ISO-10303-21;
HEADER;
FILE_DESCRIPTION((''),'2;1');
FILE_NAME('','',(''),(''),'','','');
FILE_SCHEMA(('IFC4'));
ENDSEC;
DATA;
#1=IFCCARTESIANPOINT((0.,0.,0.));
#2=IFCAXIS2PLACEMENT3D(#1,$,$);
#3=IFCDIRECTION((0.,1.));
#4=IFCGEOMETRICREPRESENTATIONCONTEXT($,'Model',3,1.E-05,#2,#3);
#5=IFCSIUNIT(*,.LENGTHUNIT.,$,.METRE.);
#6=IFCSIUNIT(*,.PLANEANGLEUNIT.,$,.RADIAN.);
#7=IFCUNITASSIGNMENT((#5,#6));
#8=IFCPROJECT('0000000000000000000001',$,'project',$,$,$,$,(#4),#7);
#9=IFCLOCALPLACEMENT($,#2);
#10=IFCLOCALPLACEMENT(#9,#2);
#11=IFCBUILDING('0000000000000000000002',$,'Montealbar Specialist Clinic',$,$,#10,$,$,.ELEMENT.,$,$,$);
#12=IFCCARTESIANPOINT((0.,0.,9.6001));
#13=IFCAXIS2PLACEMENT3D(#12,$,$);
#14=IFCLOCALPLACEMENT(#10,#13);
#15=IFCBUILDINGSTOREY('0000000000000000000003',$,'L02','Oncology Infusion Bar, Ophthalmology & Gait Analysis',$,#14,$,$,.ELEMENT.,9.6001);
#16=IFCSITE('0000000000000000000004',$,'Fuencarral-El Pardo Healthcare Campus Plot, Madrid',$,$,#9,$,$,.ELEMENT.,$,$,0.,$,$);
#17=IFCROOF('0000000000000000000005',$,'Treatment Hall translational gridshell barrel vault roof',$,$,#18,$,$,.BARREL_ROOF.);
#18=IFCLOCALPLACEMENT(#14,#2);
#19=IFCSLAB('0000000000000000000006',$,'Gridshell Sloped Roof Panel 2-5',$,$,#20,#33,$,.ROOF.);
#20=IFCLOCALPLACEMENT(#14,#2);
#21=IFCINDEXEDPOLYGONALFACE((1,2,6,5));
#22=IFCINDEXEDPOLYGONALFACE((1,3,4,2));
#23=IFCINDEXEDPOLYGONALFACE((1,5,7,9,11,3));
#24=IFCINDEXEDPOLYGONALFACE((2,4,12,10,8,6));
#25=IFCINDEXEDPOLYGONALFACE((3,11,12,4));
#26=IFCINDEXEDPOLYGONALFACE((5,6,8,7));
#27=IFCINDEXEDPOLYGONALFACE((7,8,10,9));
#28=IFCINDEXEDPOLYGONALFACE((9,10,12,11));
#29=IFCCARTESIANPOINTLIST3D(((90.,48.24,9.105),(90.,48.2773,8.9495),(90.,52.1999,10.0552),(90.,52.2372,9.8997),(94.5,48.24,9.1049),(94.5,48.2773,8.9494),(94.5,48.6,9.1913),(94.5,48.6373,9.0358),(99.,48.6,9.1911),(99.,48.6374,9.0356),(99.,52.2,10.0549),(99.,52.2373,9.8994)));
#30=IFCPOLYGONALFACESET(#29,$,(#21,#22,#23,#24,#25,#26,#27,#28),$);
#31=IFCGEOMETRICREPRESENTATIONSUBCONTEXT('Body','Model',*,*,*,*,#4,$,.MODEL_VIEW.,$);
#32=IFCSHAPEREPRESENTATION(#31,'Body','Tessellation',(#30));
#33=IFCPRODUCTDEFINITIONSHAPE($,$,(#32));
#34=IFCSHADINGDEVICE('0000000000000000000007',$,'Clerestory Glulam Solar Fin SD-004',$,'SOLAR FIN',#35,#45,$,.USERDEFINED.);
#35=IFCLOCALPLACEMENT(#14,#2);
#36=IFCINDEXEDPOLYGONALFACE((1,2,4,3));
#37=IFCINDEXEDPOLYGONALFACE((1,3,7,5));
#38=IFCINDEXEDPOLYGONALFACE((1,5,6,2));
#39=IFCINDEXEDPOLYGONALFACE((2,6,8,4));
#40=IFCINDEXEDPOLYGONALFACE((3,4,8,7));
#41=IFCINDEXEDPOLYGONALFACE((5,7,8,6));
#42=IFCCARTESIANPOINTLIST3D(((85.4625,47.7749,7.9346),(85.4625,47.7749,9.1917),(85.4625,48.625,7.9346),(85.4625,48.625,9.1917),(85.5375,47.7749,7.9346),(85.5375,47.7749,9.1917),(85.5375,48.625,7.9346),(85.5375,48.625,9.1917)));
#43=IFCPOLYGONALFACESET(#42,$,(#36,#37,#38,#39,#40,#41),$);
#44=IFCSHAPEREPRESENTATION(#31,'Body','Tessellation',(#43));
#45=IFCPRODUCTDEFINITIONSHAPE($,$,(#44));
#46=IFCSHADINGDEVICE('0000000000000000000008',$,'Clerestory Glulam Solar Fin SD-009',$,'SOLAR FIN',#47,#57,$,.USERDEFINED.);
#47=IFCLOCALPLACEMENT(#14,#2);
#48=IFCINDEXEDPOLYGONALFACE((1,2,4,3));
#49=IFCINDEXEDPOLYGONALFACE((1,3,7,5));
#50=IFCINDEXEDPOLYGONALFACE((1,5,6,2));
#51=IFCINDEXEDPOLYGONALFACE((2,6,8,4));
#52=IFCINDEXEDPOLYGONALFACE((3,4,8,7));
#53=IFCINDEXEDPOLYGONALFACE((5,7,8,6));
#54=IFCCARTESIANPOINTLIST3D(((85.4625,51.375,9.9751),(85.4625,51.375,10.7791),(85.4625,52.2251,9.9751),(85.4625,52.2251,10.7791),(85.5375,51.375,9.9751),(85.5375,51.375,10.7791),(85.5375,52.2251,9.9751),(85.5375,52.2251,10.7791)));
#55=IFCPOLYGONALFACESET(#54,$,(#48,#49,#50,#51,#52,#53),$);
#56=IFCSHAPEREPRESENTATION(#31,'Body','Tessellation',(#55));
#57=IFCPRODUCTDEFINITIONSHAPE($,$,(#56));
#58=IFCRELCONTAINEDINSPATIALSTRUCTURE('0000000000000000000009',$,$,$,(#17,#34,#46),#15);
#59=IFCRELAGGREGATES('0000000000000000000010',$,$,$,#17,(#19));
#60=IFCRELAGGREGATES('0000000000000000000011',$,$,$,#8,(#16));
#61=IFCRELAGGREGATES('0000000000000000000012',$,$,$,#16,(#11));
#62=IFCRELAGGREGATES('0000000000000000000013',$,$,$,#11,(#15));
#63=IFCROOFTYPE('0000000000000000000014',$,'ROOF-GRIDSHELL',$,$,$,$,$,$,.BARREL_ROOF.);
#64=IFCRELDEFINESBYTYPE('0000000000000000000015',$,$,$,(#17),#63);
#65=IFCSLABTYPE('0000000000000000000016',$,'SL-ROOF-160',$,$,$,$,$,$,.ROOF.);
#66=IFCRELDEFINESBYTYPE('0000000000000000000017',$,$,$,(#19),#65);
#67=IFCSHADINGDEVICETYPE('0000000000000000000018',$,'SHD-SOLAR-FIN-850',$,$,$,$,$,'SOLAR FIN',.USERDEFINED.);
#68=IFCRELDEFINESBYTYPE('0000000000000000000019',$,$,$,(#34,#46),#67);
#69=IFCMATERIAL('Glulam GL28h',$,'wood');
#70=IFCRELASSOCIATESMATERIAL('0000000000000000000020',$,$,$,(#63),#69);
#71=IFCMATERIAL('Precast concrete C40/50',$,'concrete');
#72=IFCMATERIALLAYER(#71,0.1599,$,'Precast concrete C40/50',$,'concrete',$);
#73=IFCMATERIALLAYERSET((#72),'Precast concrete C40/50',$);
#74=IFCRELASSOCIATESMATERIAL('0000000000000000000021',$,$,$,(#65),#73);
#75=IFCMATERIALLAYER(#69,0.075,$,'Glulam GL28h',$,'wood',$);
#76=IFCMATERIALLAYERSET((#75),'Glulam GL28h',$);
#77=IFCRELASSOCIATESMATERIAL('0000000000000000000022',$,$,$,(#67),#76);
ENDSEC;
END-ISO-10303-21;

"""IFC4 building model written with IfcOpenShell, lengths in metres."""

from ifc_helpers import new_model, si_unit, direction, frame, origin, origin_2d, place, context, subcontext, project, spatial, polyline, rectangle, outline, extrude, material, layer, layer_set, type_object, element, aggregate, save


model = new_model("IFC4")

# Units and contexts
model_context = context("Model", 3, precision=1e-05, world=origin(), true_north=direction((0.0, 1.0)))
body_context = subcontext(model_context, "Body", "Model", "MODEL_VIEW")
ifc_project = project(units=[si_unit("LENGTHUNIT", "METRE"), si_unit("PLANEANGLEUNIT", "RADIAN")], contexts=[model_context])

# Site, building, storey
site_placement = place(None, origin())
site = spatial("IfcSite", under=ifc_project, at=site_placement, Name="Fuencarral-El Pardo Healthcare Campus Plot, Madrid", CompositionType="ELEMENT", RefElevation=0.0)
building_placement = place(site_placement, origin())
building = spatial("IfcBuilding", under=site, at=building_placement, Name="Montealbar Specialist Clinic", CompositionType="ELEMENT")
storey_placement = place(building_placement, frame((0.0, 0.0, 9.6001)))
storey = spatial("IfcBuildingStorey", under=building, at=storey_placement, Name="L02", Description="Oncology Infusion Bar, Ophthalmology & Gait Analysis", CompositionType="ELEMENT", Elevation=9.6001)

# Shared definitions
ifc_material_1 = material(Name="Glulam GL28h", Category="wood")

# Roof, slab
roof_type = type_object("IfcRoofType", Name="ROOF-GRIDSHELL", PredefinedType="BARREL_ROOF", material=ifc_material_1)
roof_placement = place(storey_placement, origin())
roof = element("IfcRoof", 1, at=roof_placement, inside=storey, type_object=roof_type, Name="Treatment Hall translational gridshell barrel vault roof", PredefinedType="BARREL_ROOF")
ifc_material_2 = material(Name="Precast concrete C40/50", Category="concrete")
ifc_layer_1 = layer(ifc_material_2, 0.1599, Name="Precast concrete C40/50", Category="concrete")
ifc_layer_set_1 = layer_set([ifc_layer_1], Name="Precast concrete C40/50")
slab_type = type_object("IfcSlabType", Name="SL-ROOF-160", PredefinedType="ROOF", material=ifc_layer_set_1)
slab_1_placement = place(storey_placement, frame((90.0, 48.24, 9.105), z_axis=(0.000025, -0.233325, 0.972399), x_axis=(1.0, 0.000006, -0.000025)))
slab_1 = element("IfcSlab", 2, at=slab_1_placement, type_object=slab_type, Name="Gridshell Sloped Roof Panel 2-5", PredefinedType="ROOF", context=body_context, shape_type="SweptSolid", body=[
    extrude(outline(polyline([(0.0, 0.0), (4.5, 0.0), (4.5, 0.3702), (9.0, 0.3702), (9.0, 4.0723), (0.0, 4.0723), (0.0, 0.0)])), origin(), (0.0, 0.0, -1.0), 0.1599),
])
aggregate(roof, [slab_1])

# Shading devices
ifc_layer_2 = layer(ifc_material_1, 0.075, Name="Glulam GL28h", Category="wood")
ifc_layer_set_2 = layer_set([ifc_layer_2], Name="Glulam GL28h")
shading_device_type = type_object("IfcShadingDeviceType", Name="SHD-SOLAR-FIN-850", ElementType="SOLAR FIN", PredefinedType="USERDEFINED", material=ifc_layer_set_2)
shading_device_1_placement = place(storey_placement, frame((85.5, 48.2, 7.9346), z_axis=(0.0, 0.0, 1.0), x_axis=(0.0, -1.0, 0.0)))
element("IfcShadingDevice", 3, at=shading_device_1_placement, inside=storey, type_object=shading_device_type, Name="Clerestory Glulam Solar Fin SD-004", ObjectType="SOLAR FIN", PredefinedType="USERDEFINED", context=body_context, shape_type="SweptSolid", body=[
    extrude(rectangle(XDim=0.8501, YDim=0.075, at=origin_2d()), origin(), (0.0, 0.0, 1.0), 1.2571),
])
shading_device_2_placement = place(storey_placement, frame((85.5, 51.8, 9.9751), z_axis=(0.0, 0.0, 1.0), x_axis=(0.0, -1.0, 0.0)))
element("IfcShadingDevice", 4, at=shading_device_2_placement, inside=storey, type_object=shading_device_type, Name="Clerestory Glulam Solar Fin SD-009", ObjectType="SOLAR FIN", PredefinedType="USERDEFINED", context=body_context, shape_type="SweptSolid", body=[
    extrude(rectangle(XDim=0.8501, YDim=0.075, at=origin_2d()), origin(), (0.0, 0.0, 1.0), 0.804),
])

save(model, "model.ifc")
